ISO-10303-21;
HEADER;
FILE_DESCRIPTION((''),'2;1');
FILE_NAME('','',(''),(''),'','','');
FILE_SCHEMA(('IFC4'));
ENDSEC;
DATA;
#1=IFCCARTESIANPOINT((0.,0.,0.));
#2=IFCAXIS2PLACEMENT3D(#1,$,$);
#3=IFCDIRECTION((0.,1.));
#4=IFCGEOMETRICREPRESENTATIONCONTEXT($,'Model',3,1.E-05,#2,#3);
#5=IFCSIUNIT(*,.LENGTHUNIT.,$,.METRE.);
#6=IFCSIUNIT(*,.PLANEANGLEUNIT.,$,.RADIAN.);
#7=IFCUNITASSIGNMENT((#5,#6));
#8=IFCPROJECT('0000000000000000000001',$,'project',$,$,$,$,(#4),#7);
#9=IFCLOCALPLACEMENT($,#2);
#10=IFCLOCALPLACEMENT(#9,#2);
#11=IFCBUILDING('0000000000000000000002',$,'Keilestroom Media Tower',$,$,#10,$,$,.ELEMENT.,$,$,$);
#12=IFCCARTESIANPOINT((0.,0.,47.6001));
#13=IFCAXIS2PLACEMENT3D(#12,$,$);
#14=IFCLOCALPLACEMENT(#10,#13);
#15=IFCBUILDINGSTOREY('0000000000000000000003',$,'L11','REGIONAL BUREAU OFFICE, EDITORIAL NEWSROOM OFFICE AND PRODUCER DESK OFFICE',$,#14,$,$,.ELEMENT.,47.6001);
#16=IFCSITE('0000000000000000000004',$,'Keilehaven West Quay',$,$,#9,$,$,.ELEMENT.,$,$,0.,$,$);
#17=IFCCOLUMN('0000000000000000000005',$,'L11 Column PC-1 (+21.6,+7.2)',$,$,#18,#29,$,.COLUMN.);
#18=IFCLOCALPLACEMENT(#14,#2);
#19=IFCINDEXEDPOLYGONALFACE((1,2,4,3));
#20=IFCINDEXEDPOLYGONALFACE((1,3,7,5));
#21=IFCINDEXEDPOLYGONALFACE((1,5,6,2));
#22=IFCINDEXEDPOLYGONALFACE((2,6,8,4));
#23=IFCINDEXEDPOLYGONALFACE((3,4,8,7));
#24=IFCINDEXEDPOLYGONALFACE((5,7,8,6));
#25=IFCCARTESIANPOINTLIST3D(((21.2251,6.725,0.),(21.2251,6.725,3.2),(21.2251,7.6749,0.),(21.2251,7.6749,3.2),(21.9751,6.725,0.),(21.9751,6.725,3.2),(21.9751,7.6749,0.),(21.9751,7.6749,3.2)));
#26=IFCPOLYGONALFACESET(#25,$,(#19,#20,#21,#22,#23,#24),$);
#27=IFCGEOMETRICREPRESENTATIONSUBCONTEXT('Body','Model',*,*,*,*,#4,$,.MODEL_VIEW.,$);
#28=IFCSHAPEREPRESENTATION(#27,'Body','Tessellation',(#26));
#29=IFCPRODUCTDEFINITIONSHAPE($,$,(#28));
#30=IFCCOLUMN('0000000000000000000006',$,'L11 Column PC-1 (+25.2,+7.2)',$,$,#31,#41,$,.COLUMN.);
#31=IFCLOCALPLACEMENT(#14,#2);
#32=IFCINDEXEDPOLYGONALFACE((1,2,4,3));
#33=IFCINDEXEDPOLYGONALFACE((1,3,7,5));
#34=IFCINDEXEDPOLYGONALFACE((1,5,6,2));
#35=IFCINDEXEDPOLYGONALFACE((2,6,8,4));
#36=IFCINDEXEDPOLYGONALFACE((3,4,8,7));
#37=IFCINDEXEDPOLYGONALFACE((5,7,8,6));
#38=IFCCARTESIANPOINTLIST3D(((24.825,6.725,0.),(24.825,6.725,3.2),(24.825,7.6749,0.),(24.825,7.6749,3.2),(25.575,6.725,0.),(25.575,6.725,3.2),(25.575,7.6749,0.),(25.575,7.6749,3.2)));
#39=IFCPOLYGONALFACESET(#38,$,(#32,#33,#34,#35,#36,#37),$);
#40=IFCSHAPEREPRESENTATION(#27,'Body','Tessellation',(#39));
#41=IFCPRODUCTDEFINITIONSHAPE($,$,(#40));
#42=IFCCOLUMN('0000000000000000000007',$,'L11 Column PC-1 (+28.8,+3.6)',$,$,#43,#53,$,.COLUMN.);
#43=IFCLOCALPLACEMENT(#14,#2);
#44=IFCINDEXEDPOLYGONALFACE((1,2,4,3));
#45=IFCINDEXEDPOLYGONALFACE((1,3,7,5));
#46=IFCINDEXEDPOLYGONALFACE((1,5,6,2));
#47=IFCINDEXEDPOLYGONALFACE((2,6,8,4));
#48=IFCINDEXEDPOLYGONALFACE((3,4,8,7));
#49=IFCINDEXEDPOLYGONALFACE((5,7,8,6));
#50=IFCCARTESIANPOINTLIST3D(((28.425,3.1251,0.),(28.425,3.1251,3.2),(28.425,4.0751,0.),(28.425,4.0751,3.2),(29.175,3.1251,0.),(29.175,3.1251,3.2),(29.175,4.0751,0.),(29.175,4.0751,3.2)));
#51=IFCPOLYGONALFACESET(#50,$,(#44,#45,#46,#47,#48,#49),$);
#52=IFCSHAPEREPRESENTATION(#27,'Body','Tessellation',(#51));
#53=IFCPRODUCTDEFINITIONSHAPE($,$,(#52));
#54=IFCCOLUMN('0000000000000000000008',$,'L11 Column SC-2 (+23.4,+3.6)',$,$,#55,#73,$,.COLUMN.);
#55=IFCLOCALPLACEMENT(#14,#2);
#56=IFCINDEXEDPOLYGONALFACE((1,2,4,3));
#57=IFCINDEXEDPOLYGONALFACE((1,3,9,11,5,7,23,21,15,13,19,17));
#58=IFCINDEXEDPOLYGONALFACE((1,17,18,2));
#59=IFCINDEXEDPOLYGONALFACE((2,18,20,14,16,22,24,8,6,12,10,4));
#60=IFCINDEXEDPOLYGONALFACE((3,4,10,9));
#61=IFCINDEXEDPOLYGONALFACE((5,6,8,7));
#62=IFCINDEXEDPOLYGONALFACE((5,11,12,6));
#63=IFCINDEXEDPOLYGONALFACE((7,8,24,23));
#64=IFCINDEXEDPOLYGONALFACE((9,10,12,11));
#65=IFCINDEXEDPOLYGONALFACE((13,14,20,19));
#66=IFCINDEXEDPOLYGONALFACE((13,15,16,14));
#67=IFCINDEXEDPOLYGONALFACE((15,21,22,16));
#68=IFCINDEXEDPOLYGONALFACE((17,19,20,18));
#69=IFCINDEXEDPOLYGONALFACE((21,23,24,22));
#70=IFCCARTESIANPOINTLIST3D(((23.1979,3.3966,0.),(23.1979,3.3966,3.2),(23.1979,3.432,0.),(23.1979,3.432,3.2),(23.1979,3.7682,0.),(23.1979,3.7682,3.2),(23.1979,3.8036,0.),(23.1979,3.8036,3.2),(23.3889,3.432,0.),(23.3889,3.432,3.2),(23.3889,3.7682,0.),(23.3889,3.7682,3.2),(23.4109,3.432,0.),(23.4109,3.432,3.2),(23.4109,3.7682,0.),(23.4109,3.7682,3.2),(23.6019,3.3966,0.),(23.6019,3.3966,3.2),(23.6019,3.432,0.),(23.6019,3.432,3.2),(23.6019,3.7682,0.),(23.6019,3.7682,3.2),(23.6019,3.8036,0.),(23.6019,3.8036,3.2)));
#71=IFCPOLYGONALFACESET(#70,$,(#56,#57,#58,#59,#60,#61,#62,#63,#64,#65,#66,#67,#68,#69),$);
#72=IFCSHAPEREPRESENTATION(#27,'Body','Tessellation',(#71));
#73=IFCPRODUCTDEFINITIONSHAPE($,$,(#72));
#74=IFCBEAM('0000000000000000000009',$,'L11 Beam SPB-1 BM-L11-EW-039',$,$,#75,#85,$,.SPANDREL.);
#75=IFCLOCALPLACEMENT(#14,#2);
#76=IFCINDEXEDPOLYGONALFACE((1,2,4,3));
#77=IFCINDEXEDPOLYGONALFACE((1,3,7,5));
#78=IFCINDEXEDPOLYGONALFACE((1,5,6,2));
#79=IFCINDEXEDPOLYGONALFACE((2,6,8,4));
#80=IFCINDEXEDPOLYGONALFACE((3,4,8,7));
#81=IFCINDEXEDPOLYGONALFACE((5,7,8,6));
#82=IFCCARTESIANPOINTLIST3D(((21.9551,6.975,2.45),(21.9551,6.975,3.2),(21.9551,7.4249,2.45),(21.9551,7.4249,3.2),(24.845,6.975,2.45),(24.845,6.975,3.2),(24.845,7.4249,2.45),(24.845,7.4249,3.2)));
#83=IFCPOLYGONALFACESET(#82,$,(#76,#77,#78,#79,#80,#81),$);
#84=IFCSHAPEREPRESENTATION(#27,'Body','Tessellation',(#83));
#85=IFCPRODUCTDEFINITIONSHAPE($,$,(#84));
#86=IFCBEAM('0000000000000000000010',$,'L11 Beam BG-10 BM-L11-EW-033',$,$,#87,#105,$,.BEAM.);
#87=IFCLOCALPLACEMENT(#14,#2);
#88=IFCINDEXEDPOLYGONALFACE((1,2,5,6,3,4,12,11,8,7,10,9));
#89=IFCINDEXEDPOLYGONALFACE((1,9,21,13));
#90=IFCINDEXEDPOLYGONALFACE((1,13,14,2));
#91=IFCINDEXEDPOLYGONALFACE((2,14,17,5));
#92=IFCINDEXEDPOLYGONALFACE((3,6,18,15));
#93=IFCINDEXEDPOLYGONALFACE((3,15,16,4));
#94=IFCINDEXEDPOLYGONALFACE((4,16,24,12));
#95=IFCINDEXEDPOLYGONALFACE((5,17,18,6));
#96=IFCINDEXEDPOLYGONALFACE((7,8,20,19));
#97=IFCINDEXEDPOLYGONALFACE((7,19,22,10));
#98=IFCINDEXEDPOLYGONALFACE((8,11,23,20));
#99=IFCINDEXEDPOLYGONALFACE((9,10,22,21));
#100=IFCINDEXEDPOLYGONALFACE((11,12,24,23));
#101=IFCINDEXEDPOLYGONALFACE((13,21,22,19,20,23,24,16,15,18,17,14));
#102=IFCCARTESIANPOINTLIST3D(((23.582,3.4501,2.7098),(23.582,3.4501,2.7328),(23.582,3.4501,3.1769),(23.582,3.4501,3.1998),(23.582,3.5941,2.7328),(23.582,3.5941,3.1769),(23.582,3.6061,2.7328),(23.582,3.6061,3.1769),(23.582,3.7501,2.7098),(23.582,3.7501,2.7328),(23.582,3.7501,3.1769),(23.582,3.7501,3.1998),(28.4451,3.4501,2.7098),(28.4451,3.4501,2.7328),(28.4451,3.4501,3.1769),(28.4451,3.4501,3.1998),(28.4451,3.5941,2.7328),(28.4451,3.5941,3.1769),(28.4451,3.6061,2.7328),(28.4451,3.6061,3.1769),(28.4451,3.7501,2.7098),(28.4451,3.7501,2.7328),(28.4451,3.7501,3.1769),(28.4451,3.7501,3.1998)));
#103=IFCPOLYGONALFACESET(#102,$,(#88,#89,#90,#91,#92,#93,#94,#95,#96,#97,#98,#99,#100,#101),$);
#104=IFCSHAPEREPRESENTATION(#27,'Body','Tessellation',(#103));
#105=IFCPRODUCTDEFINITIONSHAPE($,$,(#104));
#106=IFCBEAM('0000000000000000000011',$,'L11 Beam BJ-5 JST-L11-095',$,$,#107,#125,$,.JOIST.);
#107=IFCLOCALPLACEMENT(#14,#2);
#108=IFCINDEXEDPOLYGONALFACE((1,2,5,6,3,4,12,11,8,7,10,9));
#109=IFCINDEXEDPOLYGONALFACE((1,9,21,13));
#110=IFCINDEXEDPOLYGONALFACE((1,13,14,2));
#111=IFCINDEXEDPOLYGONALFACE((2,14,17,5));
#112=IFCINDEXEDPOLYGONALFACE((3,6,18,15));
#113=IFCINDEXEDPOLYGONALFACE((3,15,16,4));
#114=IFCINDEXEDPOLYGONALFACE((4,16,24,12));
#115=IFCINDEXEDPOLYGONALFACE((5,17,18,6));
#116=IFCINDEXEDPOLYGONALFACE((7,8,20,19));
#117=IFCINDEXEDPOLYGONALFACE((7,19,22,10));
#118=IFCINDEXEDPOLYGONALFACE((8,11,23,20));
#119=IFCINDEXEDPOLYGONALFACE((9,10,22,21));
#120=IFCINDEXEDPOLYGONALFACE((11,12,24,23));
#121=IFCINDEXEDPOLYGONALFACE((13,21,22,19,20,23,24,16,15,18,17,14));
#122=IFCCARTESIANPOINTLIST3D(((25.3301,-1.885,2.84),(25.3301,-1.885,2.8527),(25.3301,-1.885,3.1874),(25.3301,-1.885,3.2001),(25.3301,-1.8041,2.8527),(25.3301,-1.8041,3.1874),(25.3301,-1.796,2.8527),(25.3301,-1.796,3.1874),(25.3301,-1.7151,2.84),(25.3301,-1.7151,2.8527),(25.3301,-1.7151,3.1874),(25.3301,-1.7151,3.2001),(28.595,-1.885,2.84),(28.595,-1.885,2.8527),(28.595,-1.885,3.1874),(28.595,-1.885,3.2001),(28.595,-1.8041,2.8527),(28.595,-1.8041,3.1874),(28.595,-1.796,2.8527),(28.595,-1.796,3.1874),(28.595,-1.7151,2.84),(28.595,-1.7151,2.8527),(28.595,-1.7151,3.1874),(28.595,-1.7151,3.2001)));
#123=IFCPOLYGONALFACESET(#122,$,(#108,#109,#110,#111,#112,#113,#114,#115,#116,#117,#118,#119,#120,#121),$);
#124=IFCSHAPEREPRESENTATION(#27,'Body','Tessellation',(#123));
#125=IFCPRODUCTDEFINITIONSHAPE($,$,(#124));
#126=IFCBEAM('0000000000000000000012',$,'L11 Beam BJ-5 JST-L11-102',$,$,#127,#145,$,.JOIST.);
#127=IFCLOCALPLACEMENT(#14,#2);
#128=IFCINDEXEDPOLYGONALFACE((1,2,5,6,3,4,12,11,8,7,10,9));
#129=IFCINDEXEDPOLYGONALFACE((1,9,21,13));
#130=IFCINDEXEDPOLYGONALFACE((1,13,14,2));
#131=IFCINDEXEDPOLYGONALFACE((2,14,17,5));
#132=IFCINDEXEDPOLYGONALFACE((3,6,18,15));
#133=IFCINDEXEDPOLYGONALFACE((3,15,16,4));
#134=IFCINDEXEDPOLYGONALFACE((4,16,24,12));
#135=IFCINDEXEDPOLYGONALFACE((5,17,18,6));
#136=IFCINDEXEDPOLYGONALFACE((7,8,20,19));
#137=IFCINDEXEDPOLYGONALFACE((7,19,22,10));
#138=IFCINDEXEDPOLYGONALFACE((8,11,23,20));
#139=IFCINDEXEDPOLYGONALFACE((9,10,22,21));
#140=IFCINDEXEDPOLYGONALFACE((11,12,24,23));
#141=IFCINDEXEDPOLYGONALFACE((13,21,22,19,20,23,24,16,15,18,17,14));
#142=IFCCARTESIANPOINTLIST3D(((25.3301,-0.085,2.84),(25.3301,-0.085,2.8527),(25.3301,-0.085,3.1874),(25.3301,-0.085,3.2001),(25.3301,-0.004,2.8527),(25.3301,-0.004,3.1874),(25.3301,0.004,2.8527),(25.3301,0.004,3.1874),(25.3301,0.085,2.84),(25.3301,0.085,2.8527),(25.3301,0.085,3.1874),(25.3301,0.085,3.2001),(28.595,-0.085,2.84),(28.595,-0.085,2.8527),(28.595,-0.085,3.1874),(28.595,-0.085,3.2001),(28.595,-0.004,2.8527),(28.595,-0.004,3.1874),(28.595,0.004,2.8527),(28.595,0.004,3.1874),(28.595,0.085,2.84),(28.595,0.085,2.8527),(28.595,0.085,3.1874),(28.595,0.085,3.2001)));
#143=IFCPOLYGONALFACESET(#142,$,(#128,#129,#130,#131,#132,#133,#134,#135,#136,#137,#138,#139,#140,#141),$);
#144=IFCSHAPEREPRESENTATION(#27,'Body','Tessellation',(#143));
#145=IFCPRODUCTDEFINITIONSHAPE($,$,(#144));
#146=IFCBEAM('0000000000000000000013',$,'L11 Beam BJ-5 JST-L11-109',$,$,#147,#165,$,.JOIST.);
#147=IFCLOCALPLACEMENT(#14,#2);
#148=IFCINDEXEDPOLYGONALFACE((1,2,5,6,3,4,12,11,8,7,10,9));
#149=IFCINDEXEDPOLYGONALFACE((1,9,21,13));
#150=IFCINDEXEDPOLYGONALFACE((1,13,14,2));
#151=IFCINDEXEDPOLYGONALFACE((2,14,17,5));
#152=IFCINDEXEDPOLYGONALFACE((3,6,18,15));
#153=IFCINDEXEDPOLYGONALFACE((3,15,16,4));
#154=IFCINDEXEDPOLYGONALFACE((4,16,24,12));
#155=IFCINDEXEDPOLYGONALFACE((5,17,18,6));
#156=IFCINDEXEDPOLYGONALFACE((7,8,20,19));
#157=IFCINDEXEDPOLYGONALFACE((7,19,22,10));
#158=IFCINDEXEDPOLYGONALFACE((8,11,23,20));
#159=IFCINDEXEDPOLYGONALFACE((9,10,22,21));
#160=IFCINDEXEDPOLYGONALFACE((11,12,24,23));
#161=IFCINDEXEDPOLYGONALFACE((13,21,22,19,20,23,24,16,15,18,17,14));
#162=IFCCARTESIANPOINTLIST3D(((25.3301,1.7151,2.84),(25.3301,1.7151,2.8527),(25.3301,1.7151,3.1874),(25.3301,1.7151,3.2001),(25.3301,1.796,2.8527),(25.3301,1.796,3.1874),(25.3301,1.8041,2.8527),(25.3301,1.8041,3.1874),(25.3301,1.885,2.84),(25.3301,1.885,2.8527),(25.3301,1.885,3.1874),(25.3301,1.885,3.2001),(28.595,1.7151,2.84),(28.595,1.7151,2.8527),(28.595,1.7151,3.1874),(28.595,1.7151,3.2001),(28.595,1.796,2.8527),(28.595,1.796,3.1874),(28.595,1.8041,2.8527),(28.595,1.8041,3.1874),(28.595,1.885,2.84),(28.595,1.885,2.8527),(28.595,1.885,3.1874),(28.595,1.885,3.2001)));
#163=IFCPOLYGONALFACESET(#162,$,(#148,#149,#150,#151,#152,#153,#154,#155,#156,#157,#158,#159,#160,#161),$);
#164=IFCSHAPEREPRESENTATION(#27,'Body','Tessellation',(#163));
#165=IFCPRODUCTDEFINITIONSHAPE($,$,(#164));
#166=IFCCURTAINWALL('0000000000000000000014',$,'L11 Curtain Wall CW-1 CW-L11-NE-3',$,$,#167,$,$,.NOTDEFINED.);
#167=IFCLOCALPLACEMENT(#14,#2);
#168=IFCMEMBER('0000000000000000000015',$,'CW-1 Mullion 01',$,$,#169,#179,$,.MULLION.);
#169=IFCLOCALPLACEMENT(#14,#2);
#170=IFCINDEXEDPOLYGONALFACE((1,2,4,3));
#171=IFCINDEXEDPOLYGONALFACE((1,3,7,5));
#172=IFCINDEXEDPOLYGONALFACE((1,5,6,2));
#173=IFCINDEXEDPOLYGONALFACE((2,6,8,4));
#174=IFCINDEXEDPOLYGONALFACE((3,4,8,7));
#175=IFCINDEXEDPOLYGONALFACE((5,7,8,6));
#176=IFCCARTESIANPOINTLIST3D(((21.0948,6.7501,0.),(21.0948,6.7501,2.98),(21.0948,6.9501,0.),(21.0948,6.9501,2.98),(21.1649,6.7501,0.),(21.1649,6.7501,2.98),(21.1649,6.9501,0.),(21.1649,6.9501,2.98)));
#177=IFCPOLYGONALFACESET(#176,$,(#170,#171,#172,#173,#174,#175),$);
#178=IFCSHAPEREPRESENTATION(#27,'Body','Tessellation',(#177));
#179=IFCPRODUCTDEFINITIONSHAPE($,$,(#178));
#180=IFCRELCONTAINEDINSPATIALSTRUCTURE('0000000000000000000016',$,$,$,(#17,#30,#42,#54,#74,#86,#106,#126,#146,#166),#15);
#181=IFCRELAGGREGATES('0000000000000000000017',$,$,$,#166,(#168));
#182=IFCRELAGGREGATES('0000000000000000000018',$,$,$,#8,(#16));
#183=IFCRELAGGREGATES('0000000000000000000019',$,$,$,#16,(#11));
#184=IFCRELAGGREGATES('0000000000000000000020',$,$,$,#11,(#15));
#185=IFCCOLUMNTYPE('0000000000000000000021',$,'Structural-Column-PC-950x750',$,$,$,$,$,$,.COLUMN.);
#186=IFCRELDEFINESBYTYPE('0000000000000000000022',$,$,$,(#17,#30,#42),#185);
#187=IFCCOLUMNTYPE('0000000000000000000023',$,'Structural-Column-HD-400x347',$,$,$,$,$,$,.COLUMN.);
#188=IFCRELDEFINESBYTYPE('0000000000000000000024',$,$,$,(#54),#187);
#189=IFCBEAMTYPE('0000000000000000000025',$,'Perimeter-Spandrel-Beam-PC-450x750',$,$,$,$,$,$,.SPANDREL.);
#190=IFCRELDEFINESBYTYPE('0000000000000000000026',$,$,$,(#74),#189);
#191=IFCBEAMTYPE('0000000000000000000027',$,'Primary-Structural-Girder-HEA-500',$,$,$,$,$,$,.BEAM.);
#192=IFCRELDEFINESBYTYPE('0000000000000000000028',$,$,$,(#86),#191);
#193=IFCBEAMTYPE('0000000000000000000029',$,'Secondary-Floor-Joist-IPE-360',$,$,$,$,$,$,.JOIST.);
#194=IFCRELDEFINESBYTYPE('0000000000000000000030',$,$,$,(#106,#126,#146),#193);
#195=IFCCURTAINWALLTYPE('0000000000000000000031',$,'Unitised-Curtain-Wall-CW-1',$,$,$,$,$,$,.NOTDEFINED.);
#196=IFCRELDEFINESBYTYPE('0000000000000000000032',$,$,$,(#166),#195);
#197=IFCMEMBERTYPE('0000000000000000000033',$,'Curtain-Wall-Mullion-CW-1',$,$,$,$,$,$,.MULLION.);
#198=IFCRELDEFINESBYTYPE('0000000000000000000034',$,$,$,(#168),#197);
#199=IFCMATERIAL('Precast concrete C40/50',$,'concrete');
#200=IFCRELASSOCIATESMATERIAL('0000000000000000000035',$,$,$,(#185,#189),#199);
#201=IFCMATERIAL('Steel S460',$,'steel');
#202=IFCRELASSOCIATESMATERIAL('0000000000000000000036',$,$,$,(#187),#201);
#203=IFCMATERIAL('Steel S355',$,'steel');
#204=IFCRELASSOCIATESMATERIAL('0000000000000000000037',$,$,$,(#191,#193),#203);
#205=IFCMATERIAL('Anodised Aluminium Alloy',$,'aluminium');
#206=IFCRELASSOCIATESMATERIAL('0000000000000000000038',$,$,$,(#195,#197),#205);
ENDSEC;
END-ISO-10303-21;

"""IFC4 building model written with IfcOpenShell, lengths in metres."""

from ifc_helpers import new_model, si_unit, direction, frame, origin, origin_2d, place, context, subcontext, project, spatial, rectangle, i_section, extrude, source, transform, mapped, material, material_profile, profile_set, type_object, element, aggregate, save


model = new_model("IFC4")

# Units and contexts
model_context = context("Model", 3, precision=1e-05, world=origin(), true_north=direction((0.0, 1.0)))
body_context = subcontext(model_context, "Body", "Model", "MODEL_VIEW")
ifc_project = project(units=[si_unit("LENGTHUNIT", "METRE"), si_unit("PLANEANGLEUNIT", "RADIAN")], contexts=[model_context])

# Site, building, storey
site_placement = place(None, origin())
site = spatial("IfcSite", under=ifc_project, at=site_placement, Name="Keilehaven West Quay", CompositionType="ELEMENT", RefElevation=0.0)
building_placement = place(site_placement, origin())
building = spatial("IfcBuilding", under=site, at=building_placement, Name="Keilestroom Media Tower", CompositionType="ELEMENT")
storey_placement = place(building_placement, frame((0.0, 0.0, 47.6001)))
storey = spatial("IfcBuildingStorey", under=building, at=storey_placement, Name="L11", Description="REGIONAL BUREAU OFFICE, EDITORIAL NEWSROOM OFFICE AND PRODUCER DESK OFFICE", CompositionType="ELEMENT", Elevation=47.6001)

# Columns
ifc_material_1 = material(Name="Precast concrete C40/50", Category="concrete")
ifc_material_profile_1 = material_profile(ifc_material_1, rectangle(XDim=0.75, YDim=0.95, at=origin_2d()), Name="PC 950x750")
ifc_profile_set_1 = profile_set([ifc_material_profile_1], Name="Precast concrete C40/50")
column_type_1 = type_object("IfcColumnType", Name="Structural-Column-PC-950x750", PredefinedType="COLUMN", material=ifc_profile_set_1)
shared_shape_1 = source(origin(), body_context, "Body", "SweptSolid", [
    extrude(rectangle(XDim=0.75, YDim=0.95, at=origin_2d()), origin(), (0.0, 0.0, 1.0), 3.2),
])
for number, where, z_axis, x_axis, name in (
    (1, (21.6001, 7.2, 0.0), (0.0, 0.0, 1.0), (1.0, 0.0, 0.0), "L11 Column PC-1 (+21.6,+7.2)"),
    (2, (25.2, 7.2, 0.0), (0.0, 0.0, 1.0), (1.0, 0.0, 0.0), "L11 Column PC-1 (+25.2,+7.2)"),
    (3, (28.8, 3.6001, 0.0), (0.0, 0.0, 1.0), (1.0, 0.0, 0.0), "L11 Column PC-1 (+28.8,+3.6)"),
):
    element("IfcColumn", number, at=place(storey_placement, frame(where, z_axis=z_axis, x_axis=x_axis)), inside=storey, type_object=column_type_1, Name=name, PredefinedType="COLUMN", context=body_context, shape_type="MappedRepresentation", body=[
        mapped(shared_shape_1, transform((0.0, 0.0, 0.0), x_axis=(1.0, 0.0, 0.0), y_axis=(0.0, 1.0, 0.0), z_axis=(0.0, 0.0, 1.0), scale=1.0)),
    ])
ifc_material_2 = material(Name="Steel S460", Category="steel")
ifc_material_profile_2 = material_profile(ifc_material_2, i_section(OverallWidth=0.4041, OverallDepth=0.407, WebThickness=0.022, FlangeThickness=0.0354, at=origin_2d()), Name="HD 400x347")
ifc_profile_set_2 = profile_set([ifc_material_profile_2], Name="Steel S460")
column_type_2 = type_object("IfcColumnType", Name="Structural-Column-HD-400x347", PredefinedType="COLUMN", material=ifc_profile_set_2)
shared_shape_2 = source(origin(), body_context, "Body", "SweptSolid", [
    extrude(i_section(OverallWidth=0.4041, OverallDepth=0.407, WebThickness=0.022, FlangeThickness=0.0354, at=origin_2d()), origin(), (0.0, 0.0, 1.0), 3.2),
])
column_placement = place(storey_placement, frame((23.3999, 3.6001, 0.0), z_axis=(0.0, 0.0, 1.0), x_axis=(1.0, 0.0, 0.0)))
element("IfcColumn", 4, at=column_placement, inside=storey, type_object=column_type_2, Name="L11 Column SC-2 (+23.4,+3.6)", PredefinedType="COLUMN", context=body_context, shape_type="MappedRepresentation", body=[
    mapped(shared_shape_2, transform((0.0, 0.0, 0.0), x_axis=(1.0, 0.0, 0.0), y_axis=(0.0, 1.0, 0.0), z_axis=(0.0, 0.0, 1.0), scale=1.0)),
])

# Beams
ifc_material_profile_3 = material_profile(ifc_material_1, rectangle(XDim=0.45, YDim=0.75, at=origin_2d()), Name="PC 450x750")
ifc_profile_set_3 = profile_set([ifc_material_profile_3], Name="Precast concrete C40/50")
beam_type_1 = type_object("IfcBeamType", Name="Perimeter-Spandrel-Beam-PC-450x750", PredefinedType="SPANDREL", material=ifc_profile_set_3)
shared_shape_3 = source(origin(), body_context, "Body", "SweptSolid", [
    extrude(rectangle(XDim=0.45, YDim=0.75, at=origin_2d()), origin(), (0.0, 0.0, 1.0), 2.8899),
])
beam_1_placement = place(storey_placement, frame((21.9551, 7.2, 2.825), z_axis=(1.0, 0.0, 0.0), x_axis=(0.0, 1.0, 0.0)))
element("IfcBeam", 5, at=beam_1_placement, inside=storey, type_object=beam_type_1, Name="L11 Beam SPB-1 BM-L11-EW-039", PredefinedType="SPANDREL", context=body_context, shape_type="MappedRepresentation", body=[
    mapped(shared_shape_3, transform((0.0, 0.0, 0.0), x_axis=(1.0, 0.0, 0.0), y_axis=(0.0, 1.0, 0.0), z_axis=(0.0, 0.0, 1.0), scale=1.0)),
])
ifc_material_3 = material(Name="Steel S355", Category="steel")
ifc_material_profile_4 = material_profile(ifc_material_3, i_section(OverallWidth=0.3, OverallDepth=0.49, WebThickness=0.012, FlangeThickness=0.0229, at=origin_2d()), Name="HEA 500")
ifc_profile_set_4 = profile_set([ifc_material_profile_4], Name="Steel S355")
beam_type_2 = type_object("IfcBeamType", Name="Primary-Structural-Girder-HEA-500", PredefinedType="BEAM", material=ifc_profile_set_4)
shared_shape_4 = source(origin(), body_context, "Body", "SweptSolid", [
    extrude(i_section(OverallWidth=0.3, OverallDepth=0.49, WebThickness=0.012, FlangeThickness=0.0229, at=origin_2d()), origin(), (0.0, 0.0, 1.0), 4.863),
])
beam_2_placement = place(storey_placement, frame((23.582, 3.6001, 2.9548), z_axis=(1.0, 0.0, 0.0), x_axis=(0.0, 1.0, 0.0)))
element("IfcBeam", 6, at=beam_2_placement, inside=storey, type_object=beam_type_2, Name="L11 Beam BG-10 BM-L11-EW-033", PredefinedType="BEAM", context=body_context, shape_type="MappedRepresentation", body=[
    mapped(shared_shape_4, transform((0.0, 0.0, 0.0), x_axis=(1.0, 0.0, 0.0), y_axis=(0.0, 1.0, 0.0), z_axis=(0.0, 0.0, 1.0), scale=1.0)),
])
ifc_material_profile_5 = material_profile(ifc_material_3, i_section(OverallWidth=0.1699, OverallDepth=0.3601, WebThickness=0.0081, FlangeThickness=0.0127, at=origin_2d()), Name="IPE 360")
ifc_profile_set_5 = profile_set([ifc_material_profile_5], Name="Steel S355")
beam_type_3 = type_object("IfcBeamType", Name="Secondary-Floor-Joist-IPE-360", PredefinedType="JOIST", material=ifc_profile_set_5)
shared_shape_5 = source(origin(), body_context, "Body", "SweptSolid", [
    extrude(i_section(OverallWidth=0.1699, OverallDepth=0.3601, WebThickness=0.0081, FlangeThickness=0.0127, at=origin_2d()), origin(), (0.0, 0.0, 1.0), 3.2649),
])
for number, where, z_axis, x_axis, name in (
    (7, (25.3301, -1.8, 3.02), (1.0, 0.0, 0.0), (0.0, 1.0, 0.0), "L11 Beam BJ-5 JST-L11-095"),
    (8, (25.3301, 0.0, 3.02), (1.0, 0.0, 0.0), (0.0, 1.0, 0.0), "L11 Beam BJ-5 JST-L11-102"),
    (9, (25.3301, 1.8, 3.02), (1.0, 0.0, 0.0), (0.0, 1.0, 0.0), "L11 Beam BJ-5 JST-L11-109"),
):
    element("IfcBeam", number, at=place(storey_placement, frame(where, z_axis=z_axis, x_axis=x_axis)), inside=storey, type_object=beam_type_3, Name=name, PredefinedType="JOIST", context=body_context, shape_type="MappedRepresentation", body=[
        mapped(shared_shape_5, transform((0.0, 0.0, 0.0), x_axis=(1.0, 0.0, 0.0), y_axis=(0.0, 1.0, 0.0), z_axis=(0.0, 0.0, 1.0), scale=1.0)),
    ])

# Curtain wall, member
ifc_material_4 = material(Name="Anodised Aluminium Alloy", Category="aluminium")
curtain_wall_type = type_object("IfcCurtainWallType", Name="Unitised-Curtain-Wall-CW-1", PredefinedType="NOTDEFINED", material=ifc_material_4)
curtain_wall_1_placement = place(storey_placement, origin())
curtain_wall_1 = element("IfcCurtainWall", 10, at=curtain_wall_1_placement, inside=storey, type_object=curtain_wall_type, Name="L11 Curtain Wall CW-1 CW-L11-NE-3", PredefinedType="NOTDEFINED")
ifc_material_profile_6 = material_profile(ifc_material_4, rectangle(XDim=0.0701, YDim=0.2, at=origin_2d()), Name="ALU MULLION 70x200")
ifc_profile_set_6 = profile_set([ifc_material_profile_6], Name="Anodised Aluminium Alloy")
member_type_1 = type_object("IfcMemberType", Name="Curtain-Wall-Mullion-CW-1", PredefinedType="MULLION", material=ifc_profile_set_6)
shared_shape_6 = source(origin(), body_context, "Body", "SweptSolid", [
    extrude(rectangle(XDim=0.0701, YDim=0.2, at=origin_2d()), origin(), (0.0, 0.0, 1.0), 2.98),
])
member_1_placement = place(storey_placement, frame((21.1299, 6.8501, 0.0), z_axis=(0.0, 0.0, 1.0), x_axis=(1.0, 0.0, 0.0)))
member_1 = element("IfcMember", 11, at=member_1_placement, type_object=member_type_1, Name="CW-1 Mullion 01", PredefinedType="MULLION", context=body_context, shape_type="MappedRepresentation", body=[
    mapped(shared_shape_6, transform((0.0, 0.0, 0.0), x_axis=(1.0, 0.0, 0.0), y_axis=(0.0, 1.0, 0.0), z_axis=(0.0, 0.0, 1.0), scale=1.0)),
])

aggregate(curtain_wall_1, [member_1])

save(model, "model.ifc")
